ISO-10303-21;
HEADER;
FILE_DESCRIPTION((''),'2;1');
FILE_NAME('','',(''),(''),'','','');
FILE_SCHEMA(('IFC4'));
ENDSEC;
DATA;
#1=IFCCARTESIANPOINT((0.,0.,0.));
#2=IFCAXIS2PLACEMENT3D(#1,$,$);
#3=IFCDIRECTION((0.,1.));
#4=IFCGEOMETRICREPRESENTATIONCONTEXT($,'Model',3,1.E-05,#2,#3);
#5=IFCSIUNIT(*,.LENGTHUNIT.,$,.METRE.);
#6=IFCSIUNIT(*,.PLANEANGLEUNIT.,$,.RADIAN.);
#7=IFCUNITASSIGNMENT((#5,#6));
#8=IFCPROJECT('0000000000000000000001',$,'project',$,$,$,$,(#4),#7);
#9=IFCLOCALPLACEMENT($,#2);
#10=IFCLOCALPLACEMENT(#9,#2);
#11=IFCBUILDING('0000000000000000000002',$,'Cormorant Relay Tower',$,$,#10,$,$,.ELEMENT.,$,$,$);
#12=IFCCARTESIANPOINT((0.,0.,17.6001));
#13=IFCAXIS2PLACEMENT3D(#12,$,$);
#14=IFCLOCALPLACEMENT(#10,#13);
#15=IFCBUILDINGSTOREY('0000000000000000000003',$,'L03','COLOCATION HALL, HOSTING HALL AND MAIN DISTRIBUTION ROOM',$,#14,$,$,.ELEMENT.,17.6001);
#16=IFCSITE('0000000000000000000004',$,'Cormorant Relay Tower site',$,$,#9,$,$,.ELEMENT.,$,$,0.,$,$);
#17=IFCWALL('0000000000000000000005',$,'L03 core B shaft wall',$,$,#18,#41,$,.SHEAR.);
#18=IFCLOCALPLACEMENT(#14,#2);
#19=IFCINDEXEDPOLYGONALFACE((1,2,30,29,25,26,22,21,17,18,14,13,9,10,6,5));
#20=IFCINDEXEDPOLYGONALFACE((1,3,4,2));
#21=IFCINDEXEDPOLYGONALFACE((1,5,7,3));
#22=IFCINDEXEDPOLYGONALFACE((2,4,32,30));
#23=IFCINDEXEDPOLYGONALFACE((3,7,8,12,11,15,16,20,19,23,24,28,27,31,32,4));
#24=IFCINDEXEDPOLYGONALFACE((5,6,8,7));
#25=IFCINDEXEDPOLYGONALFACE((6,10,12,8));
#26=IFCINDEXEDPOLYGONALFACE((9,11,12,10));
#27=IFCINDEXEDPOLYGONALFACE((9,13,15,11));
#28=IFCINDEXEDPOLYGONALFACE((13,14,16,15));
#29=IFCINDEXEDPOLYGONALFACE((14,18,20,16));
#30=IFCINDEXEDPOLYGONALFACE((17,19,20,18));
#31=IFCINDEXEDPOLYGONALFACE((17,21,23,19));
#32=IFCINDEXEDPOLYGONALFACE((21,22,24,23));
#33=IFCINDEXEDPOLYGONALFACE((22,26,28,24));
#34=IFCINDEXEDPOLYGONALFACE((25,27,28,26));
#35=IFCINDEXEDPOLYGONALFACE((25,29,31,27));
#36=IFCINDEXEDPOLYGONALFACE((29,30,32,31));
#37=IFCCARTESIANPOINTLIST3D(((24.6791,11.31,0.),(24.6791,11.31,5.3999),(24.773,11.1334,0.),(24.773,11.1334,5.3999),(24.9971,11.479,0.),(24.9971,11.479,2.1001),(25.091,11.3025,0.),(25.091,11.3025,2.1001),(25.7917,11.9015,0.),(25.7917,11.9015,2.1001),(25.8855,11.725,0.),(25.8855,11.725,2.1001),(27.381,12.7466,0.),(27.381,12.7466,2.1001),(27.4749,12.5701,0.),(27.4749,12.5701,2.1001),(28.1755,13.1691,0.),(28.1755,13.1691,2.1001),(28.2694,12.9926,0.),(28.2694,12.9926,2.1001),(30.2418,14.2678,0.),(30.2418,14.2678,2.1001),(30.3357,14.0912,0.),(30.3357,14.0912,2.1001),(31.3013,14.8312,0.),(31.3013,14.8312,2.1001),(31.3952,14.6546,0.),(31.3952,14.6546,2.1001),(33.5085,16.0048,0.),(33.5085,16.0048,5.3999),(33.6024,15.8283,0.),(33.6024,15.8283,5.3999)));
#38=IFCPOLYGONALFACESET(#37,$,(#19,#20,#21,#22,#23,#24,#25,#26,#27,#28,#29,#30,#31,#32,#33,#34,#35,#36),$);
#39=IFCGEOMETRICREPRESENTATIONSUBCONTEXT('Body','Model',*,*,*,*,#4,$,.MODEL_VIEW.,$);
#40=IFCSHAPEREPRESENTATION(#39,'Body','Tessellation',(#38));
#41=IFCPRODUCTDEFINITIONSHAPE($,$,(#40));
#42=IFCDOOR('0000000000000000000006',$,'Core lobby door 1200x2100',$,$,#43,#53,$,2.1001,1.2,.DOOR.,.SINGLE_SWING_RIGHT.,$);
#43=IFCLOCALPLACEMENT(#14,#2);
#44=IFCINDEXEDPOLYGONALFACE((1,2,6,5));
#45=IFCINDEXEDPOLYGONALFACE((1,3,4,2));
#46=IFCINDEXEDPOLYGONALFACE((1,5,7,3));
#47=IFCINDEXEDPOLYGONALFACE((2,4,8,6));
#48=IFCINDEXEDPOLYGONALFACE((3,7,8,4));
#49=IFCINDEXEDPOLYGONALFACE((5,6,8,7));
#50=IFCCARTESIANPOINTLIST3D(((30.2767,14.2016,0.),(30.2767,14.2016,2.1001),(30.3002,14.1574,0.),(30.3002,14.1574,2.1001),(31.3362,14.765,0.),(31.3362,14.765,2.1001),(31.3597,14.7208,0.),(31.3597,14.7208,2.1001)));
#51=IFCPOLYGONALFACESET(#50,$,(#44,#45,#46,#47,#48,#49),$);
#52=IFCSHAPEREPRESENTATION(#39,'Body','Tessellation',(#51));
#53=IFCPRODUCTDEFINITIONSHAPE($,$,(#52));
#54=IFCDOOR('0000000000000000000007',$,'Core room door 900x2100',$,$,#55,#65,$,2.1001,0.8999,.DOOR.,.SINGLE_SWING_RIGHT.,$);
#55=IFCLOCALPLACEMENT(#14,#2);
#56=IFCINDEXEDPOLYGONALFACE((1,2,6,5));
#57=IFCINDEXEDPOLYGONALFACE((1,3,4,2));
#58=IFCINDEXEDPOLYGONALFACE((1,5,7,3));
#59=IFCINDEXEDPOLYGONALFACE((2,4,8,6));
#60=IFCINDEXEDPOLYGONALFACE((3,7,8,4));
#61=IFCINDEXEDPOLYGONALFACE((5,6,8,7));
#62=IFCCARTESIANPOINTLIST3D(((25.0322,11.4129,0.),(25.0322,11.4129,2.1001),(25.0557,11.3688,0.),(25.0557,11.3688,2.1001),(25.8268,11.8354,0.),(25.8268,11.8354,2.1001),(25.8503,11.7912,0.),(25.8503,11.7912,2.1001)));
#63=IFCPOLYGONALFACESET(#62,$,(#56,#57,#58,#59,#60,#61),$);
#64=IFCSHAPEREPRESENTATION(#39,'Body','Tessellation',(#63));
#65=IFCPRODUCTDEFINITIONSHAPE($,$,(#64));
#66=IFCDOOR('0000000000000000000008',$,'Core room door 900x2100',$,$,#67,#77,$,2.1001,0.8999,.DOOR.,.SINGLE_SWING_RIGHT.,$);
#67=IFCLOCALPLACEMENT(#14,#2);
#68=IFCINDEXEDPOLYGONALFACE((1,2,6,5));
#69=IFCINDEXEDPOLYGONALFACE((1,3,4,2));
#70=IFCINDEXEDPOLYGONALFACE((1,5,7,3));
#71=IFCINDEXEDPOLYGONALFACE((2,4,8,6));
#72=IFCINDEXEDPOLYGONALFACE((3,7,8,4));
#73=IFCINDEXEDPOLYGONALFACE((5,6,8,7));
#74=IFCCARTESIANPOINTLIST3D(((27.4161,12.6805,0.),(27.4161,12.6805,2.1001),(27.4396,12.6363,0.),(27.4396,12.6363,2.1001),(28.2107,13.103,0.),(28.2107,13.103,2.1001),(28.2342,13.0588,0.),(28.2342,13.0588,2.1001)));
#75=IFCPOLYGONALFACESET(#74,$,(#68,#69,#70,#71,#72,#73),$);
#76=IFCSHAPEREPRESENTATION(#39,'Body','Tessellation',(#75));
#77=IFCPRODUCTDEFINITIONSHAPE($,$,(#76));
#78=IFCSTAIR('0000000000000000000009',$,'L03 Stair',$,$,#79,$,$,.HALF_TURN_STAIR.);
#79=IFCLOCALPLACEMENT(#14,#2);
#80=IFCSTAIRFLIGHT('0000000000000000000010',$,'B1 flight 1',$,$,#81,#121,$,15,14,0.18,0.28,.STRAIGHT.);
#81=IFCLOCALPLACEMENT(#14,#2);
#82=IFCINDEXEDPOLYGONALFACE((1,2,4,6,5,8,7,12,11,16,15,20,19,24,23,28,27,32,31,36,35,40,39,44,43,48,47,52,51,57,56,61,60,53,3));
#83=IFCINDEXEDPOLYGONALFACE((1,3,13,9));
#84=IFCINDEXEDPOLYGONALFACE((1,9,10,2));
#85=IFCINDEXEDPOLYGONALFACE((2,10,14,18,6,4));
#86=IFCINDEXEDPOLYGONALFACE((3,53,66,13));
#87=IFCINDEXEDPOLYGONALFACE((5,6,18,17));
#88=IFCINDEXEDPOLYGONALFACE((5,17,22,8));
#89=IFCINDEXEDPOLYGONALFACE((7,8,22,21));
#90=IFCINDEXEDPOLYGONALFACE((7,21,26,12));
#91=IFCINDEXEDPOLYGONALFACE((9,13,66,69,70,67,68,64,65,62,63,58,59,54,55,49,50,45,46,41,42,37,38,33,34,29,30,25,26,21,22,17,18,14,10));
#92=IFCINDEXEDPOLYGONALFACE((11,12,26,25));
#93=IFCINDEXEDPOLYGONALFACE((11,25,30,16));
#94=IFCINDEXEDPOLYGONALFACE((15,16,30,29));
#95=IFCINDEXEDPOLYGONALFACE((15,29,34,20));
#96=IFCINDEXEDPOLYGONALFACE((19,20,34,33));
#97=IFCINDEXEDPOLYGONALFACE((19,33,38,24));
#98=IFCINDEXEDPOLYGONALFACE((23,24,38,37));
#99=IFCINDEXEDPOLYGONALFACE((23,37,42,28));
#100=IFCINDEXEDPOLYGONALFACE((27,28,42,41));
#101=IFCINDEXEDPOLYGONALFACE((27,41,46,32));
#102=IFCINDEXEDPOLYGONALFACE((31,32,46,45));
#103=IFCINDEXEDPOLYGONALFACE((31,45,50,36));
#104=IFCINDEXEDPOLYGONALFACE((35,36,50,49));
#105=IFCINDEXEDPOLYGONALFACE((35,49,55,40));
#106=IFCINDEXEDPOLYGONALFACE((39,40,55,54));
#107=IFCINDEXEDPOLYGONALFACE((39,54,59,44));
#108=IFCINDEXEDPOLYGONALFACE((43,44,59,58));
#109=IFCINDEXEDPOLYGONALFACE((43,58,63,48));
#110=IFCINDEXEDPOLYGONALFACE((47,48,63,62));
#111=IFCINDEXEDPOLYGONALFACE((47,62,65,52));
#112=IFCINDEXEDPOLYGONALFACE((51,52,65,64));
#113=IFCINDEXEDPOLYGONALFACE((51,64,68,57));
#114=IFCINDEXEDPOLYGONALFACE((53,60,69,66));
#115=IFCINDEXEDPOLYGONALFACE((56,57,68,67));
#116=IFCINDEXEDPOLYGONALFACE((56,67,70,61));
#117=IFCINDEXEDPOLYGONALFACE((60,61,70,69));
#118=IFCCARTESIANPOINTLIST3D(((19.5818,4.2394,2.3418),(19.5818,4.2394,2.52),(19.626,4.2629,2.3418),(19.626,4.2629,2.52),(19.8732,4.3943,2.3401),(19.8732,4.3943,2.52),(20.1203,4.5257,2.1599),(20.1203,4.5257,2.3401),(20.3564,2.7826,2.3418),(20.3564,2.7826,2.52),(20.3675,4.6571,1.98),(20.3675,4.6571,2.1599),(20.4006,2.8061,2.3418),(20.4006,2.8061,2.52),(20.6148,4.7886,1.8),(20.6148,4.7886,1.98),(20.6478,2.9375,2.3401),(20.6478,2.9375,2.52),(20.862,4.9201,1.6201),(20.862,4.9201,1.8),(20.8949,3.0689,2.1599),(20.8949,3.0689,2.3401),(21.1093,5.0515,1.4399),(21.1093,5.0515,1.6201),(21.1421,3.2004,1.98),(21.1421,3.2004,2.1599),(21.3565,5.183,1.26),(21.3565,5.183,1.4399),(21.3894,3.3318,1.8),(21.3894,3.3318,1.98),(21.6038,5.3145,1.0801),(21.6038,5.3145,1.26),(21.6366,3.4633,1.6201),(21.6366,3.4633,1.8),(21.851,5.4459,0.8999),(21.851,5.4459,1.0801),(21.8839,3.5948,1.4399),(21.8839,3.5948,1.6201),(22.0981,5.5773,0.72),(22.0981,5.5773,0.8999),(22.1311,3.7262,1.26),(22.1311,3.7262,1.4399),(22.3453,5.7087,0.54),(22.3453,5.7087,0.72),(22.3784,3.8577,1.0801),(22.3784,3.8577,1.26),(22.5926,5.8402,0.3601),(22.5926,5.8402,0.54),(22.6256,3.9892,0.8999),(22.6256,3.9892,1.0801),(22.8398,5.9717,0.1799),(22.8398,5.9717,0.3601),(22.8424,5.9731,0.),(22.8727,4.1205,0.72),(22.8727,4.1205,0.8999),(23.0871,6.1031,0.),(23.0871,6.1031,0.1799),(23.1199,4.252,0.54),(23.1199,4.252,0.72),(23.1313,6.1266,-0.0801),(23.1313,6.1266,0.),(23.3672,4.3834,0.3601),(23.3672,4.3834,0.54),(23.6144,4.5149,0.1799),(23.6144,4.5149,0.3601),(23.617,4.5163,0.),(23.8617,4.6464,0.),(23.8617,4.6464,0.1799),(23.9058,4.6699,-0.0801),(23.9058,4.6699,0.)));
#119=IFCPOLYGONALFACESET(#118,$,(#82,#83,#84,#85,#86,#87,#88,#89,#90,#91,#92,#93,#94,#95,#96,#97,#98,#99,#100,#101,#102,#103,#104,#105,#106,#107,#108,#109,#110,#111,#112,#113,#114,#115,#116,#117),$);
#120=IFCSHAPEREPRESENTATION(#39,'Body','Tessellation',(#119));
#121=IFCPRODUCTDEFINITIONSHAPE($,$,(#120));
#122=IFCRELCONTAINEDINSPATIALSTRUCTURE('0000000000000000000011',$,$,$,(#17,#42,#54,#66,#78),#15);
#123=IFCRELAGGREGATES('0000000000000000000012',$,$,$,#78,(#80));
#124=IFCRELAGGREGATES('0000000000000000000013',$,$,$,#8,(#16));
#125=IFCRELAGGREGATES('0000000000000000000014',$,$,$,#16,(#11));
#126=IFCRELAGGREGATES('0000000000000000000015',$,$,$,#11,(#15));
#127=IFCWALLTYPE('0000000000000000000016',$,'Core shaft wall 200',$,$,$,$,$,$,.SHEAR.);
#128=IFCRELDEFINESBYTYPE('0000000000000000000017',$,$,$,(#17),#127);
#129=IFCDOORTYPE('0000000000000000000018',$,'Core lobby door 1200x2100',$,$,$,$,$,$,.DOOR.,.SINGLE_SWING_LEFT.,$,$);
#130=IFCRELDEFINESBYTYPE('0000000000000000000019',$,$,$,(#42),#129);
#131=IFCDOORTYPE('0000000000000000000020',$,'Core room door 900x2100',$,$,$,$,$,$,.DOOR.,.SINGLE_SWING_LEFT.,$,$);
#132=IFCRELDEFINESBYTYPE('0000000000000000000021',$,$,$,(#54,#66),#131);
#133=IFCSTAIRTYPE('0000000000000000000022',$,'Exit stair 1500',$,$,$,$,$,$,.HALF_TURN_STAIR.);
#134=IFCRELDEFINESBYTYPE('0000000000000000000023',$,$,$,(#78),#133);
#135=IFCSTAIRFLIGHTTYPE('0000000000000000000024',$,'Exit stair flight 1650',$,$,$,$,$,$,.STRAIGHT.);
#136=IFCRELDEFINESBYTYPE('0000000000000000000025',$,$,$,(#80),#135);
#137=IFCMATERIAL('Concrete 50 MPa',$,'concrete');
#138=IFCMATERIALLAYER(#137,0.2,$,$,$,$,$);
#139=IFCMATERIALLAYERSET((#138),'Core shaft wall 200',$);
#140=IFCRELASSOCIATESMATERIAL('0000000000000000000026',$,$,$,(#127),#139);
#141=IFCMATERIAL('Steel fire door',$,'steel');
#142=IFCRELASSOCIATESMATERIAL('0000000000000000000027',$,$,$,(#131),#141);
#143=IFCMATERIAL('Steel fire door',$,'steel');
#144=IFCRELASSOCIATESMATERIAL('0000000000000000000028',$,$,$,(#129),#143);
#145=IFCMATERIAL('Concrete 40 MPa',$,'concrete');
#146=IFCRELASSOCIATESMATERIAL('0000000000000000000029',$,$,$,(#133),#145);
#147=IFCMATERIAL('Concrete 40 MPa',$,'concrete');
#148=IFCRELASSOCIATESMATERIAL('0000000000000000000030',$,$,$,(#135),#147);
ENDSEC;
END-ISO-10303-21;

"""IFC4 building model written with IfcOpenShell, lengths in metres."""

from ifc_helpers import new_model, si_unit, direction, frame, frame_2d, origin, place, context, subcontext, project, spatial, polyline, rectangle, outline, extrude, material, layer, layer_set, type_object, element, fill, aggregate, save


model = new_model("IFC4")

# Units and contexts
model_context = context("Model", 3, precision=1e-05, world=origin(), true_north=direction((0.0, 1.0)))
body_context = subcontext(model_context, "Body", "Model", "MODEL_VIEW")
ifc_project = project(units=[si_unit("LENGTHUNIT", "METRE"), si_unit("PLANEANGLEUNIT", "RADIAN")], contexts=[model_context])

# Site, building, storey
site_placement = place(None, origin())
site = spatial("IfcSite", under=ifc_project, at=site_placement, Name="Cormorant Relay Tower site", CompositionType="ELEMENT", RefElevation=0.0)
building_placement = place(site_placement, origin())
building = spatial("IfcBuilding", under=site, at=building_placement, Name="Cormorant Relay Tower", CompositionType="ELEMENT")
storey_placement = place(building_placement, frame((0.0, 0.0, 17.6001)))
storey = spatial("IfcBuildingStorey", under=building, at=storey_placement, Name="L03", Description="COLOCATION HALL, HOSTING HALL AND MAIN DISTRIBUTION ROOM", CompositionType="ELEMENT", Elevation=17.6001)

# Shared definitions
ifc_material_1 = material(Name="Concrete 50 MPa", Category="concrete")
ifc_layer_1 = layer(ifc_material_1, 0.2)
ifc_layer_set_1 = layer_set([ifc_layer_1], Name="Core shaft wall 200")
wall_type_1 = type_object("IfcWallType", Name="Core shaft wall 200", PredefinedType="SHEAR", material=ifc_layer_set_1)
ifc_material_2 = material(Name="Steel fire door", Category="steel")
door_type_1 = type_object("IfcDoorType", Name="Core room door 900x2100", OperationType="SINGLE_SWING_LEFT", PredefinedType="DOOR", material=ifc_material_2)

# Wall, openings, doors
wall_1_placement = place(storey_placement, frame((24.7261, 11.2217, 0.0), z_axis=(0.0, 0.0, 1.0), x_axis=(0.88294, 0.469485, 0.0)))
wall_1 = element("IfcWall", 1, at=wall_1_placement, inside=storey, type_object=wall_type_1, Name="L03 core B shaft wall", PredefinedType="SHEAR", context=body_context, shape_type="SweptSolid", body=[
    extrude(rectangle(XDim=10.0, YDim=0.2, at=frame_2d((5.0, 0.0))), origin(), (0.0, 0.0, 1.0), 5.3999),
])
opening_1_placement = place(wall_1_placement, frame((6.3, 0.0, 0.0)))
opening_1 = element("IfcOpeningElement", 2, at=opening_1_placement, cuts=wall_1, PredefinedType="OPENING", context=body_context, shape_type="SweptSolid", body=[
    extrude(rectangle(XDim=1.2, YDim=2.1001, at=frame_2d((0.6001, 1.05))), frame((0.0, 0.1099, 0.0), z_axis=(0.0, -1.0, 0.0), x_axis=(1.0, 0.0, 0.0)), (0.0, 0.0, 1.0), 0.22),
])
opening_2_placement = place(wall_1_placement, frame((0.3601, 0.0, 0.0)))
opening_2 = element("IfcOpeningElement", 3, at=opening_2_placement, cuts=wall_1, PredefinedType="OPENING", context=body_context, shape_type="SweptSolid", body=[
    extrude(rectangle(XDim=0.8999, YDim=2.1001, at=frame_2d((0.45, 1.05))), frame((0.0, 0.1099, 0.0), z_axis=(0.0, -1.0, 0.0), x_axis=(1.0, 0.0, 0.0)), (0.0, 0.0, 1.0), 0.22),
])
opening_3_placement = place(wall_1_placement, frame((3.0601, 0.0, 0.0)))
opening_3 = element("IfcOpeningElement", 4, at=opening_3_placement, cuts=wall_1, PredefinedType="OPENING", context=body_context, shape_type="SweptSolid", body=[
    extrude(rectangle(XDim=0.8999, YDim=2.1001, at=frame_2d((0.45, 1.05))), frame((0.0, 0.1099, 0.0), z_axis=(0.0, -1.0, 0.0), x_axis=(1.0, 0.0, 0.0)), (0.0, 0.0, 1.0), 0.22),
])
ifc_material_3 = material(Name="Steel fire door", Category="steel")
door_type_2 = type_object("IfcDoorType", Name="Core lobby door 1200x2100", OperationType="SINGLE_SWING_LEFT", PredefinedType="DOOR", material=ifc_material_3)
door_1_placement = place(opening_1_placement, frame((1.2, 0.0, 0.0), z_axis=(0.0, 0.0, 1.0), x_axis=(-1.0, 0.0, 0.0)))
door_1 = element("IfcDoor", 5, at=door_1_placement, inside=storey, type_object=door_type_2, Name="Core lobby door 1200x2100", OperationType="SINGLE_SWING_RIGHT", OverallHeight=2.1001, OverallWidth=1.2, PredefinedType="DOOR", context=body_context, shape_type="SweptSolid", body=[
    extrude(rectangle(XDim=1.2, YDim=2.1001, at=frame_2d((0.6001, 1.05))), frame((0.0, 0.0249, 0.0), z_axis=(0.0, -1.0, 0.0), x_axis=(1.0, 0.0, 0.0)), (0.0, 0.0, 1.0), 0.05),
])
fill(opening_1, door_1)
door_2_placement = place(opening_2_placement, frame((0.8999, 0.0, 0.0), z_axis=(0.0, 0.0, 1.0), x_axis=(-1.0, 0.0, 0.0)))
door_2 = element("IfcDoor", 6, at=door_2_placement, inside=storey, type_object=door_type_1, Name="Core room door 900x2100", OperationType="SINGLE_SWING_RIGHT", OverallHeight=2.1001, OverallWidth=0.8999, PredefinedType="DOOR", context=body_context, shape_type="SweptSolid", body=[
    extrude(rectangle(XDim=0.8999, YDim=2.1001, at=frame_2d((0.45, 1.05))), frame((0.0, 0.0249, 0.0), z_axis=(0.0, -1.0, 0.0), x_axis=(1.0, 0.0, 0.0)), (0.0, 0.0, 1.0), 0.05),
])
fill(opening_2, door_2)
door_3_placement = place(opening_3_placement, frame((0.8999, 0.0, 0.0), z_axis=(0.0, 0.0, 1.0), x_axis=(-1.0, 0.0, 0.0)))
door_3 = element("IfcDoor", 7, at=door_3_placement, inside=storey, type_object=door_type_1, Name="Core room door 900x2100", OperationType="SINGLE_SWING_RIGHT", OverallHeight=2.1001, OverallWidth=0.8999, PredefinedType="DOOR", context=body_context, shape_type="SweptSolid", body=[
    extrude(rectangle(XDim=0.8999, YDim=2.1001, at=frame_2d((0.45, 1.05))), frame((0.0, 0.0249, 0.0), z_axis=(0.0, -1.0, 0.0), x_axis=(1.0, 0.0, 0.0)), (0.0, 0.0, 1.0), 0.05),
])
fill(opening_3, door_3)

# Stair, stair flight
ifc_material_4 = material(Name="Concrete 40 MPa", Category="concrete")
stair_type = type_object("IfcStairType", Name="Exit stair 1500", PredefinedType="HALF_TURN_STAIR", material=ifc_material_4)
stair_placement = place(storey_placement, origin())
stair = element("IfcStair", 8, at=stair_placement, inside=storey, type_object=stair_type, Name="L03 Stair", PredefinedType="HALF_TURN_STAIR")
ifc_material_5 = material(Name="Concrete 40 MPa", Category="concrete")
stair_flight_type = type_object("IfcStairFlightType", Name="Exit stair flight 1650", PredefinedType="STRAIGHT", material=ifc_material_5)
stair_flight_placement = place(storey_placement, frame((23.4744, 5.3748, 0.0), z_axis=(0.0, 0.0, 1.0), x_axis=(-0.882948, -0.469472, 0.0)))
stair_flight = element("IfcStairFlight", 9, at=stair_flight_placement, type_object=stair_flight_type, Name="B1 flight 1", NumberOfRisers=15, NumberOfTreads=14, PredefinedType="STRAIGHT", RiserHeight=0.18, TreadLength=0.28, context=body_context, shape_type="SweptSolid", body=[
    extrude(outline(polyline([(-0.05, -0.0801), (-0.05, 0.0), (0.0, 0.0), (0.0, 0.1799), (0.28, 0.1799), (0.28, 0.3601), (0.5601, 0.3601), (0.5601, 0.54), (0.8401, 0.54), (0.8401, 0.72), (1.1201, 0.72), (1.1201, 0.8999), (1.3999, 0.8999), (1.3999, 1.0801), (1.6799, 1.0801), (1.6799, 1.26), (1.96, 1.26), (1.96, 1.4399), (2.24, 1.4399), (2.24, 1.6201), (2.52, 1.6201), (2.52, 1.8), (2.8, 1.8), (2.8, 1.98), (3.0801, 1.98), (3.0801, 2.1599), (3.3601, 2.1599), (3.3601, 2.3401), (3.6399, 2.3401), (3.6399, 2.52), (3.9199, 2.52), (3.97, 2.52), (3.97, 2.3418), (3.9199, 2.3418), (0.2771, 0.0), (-0.05, -0.0801)])), frame((0.0, 0.825, 0.0), z_axis=(0.0, -1.0, 0.0), x_axis=(1.0, 0.0, 0.0)), (0.0, 0.0, 1.0), 1.6499),
])
aggregate(stair, [stair_flight])

save(model, "model.ifc")
